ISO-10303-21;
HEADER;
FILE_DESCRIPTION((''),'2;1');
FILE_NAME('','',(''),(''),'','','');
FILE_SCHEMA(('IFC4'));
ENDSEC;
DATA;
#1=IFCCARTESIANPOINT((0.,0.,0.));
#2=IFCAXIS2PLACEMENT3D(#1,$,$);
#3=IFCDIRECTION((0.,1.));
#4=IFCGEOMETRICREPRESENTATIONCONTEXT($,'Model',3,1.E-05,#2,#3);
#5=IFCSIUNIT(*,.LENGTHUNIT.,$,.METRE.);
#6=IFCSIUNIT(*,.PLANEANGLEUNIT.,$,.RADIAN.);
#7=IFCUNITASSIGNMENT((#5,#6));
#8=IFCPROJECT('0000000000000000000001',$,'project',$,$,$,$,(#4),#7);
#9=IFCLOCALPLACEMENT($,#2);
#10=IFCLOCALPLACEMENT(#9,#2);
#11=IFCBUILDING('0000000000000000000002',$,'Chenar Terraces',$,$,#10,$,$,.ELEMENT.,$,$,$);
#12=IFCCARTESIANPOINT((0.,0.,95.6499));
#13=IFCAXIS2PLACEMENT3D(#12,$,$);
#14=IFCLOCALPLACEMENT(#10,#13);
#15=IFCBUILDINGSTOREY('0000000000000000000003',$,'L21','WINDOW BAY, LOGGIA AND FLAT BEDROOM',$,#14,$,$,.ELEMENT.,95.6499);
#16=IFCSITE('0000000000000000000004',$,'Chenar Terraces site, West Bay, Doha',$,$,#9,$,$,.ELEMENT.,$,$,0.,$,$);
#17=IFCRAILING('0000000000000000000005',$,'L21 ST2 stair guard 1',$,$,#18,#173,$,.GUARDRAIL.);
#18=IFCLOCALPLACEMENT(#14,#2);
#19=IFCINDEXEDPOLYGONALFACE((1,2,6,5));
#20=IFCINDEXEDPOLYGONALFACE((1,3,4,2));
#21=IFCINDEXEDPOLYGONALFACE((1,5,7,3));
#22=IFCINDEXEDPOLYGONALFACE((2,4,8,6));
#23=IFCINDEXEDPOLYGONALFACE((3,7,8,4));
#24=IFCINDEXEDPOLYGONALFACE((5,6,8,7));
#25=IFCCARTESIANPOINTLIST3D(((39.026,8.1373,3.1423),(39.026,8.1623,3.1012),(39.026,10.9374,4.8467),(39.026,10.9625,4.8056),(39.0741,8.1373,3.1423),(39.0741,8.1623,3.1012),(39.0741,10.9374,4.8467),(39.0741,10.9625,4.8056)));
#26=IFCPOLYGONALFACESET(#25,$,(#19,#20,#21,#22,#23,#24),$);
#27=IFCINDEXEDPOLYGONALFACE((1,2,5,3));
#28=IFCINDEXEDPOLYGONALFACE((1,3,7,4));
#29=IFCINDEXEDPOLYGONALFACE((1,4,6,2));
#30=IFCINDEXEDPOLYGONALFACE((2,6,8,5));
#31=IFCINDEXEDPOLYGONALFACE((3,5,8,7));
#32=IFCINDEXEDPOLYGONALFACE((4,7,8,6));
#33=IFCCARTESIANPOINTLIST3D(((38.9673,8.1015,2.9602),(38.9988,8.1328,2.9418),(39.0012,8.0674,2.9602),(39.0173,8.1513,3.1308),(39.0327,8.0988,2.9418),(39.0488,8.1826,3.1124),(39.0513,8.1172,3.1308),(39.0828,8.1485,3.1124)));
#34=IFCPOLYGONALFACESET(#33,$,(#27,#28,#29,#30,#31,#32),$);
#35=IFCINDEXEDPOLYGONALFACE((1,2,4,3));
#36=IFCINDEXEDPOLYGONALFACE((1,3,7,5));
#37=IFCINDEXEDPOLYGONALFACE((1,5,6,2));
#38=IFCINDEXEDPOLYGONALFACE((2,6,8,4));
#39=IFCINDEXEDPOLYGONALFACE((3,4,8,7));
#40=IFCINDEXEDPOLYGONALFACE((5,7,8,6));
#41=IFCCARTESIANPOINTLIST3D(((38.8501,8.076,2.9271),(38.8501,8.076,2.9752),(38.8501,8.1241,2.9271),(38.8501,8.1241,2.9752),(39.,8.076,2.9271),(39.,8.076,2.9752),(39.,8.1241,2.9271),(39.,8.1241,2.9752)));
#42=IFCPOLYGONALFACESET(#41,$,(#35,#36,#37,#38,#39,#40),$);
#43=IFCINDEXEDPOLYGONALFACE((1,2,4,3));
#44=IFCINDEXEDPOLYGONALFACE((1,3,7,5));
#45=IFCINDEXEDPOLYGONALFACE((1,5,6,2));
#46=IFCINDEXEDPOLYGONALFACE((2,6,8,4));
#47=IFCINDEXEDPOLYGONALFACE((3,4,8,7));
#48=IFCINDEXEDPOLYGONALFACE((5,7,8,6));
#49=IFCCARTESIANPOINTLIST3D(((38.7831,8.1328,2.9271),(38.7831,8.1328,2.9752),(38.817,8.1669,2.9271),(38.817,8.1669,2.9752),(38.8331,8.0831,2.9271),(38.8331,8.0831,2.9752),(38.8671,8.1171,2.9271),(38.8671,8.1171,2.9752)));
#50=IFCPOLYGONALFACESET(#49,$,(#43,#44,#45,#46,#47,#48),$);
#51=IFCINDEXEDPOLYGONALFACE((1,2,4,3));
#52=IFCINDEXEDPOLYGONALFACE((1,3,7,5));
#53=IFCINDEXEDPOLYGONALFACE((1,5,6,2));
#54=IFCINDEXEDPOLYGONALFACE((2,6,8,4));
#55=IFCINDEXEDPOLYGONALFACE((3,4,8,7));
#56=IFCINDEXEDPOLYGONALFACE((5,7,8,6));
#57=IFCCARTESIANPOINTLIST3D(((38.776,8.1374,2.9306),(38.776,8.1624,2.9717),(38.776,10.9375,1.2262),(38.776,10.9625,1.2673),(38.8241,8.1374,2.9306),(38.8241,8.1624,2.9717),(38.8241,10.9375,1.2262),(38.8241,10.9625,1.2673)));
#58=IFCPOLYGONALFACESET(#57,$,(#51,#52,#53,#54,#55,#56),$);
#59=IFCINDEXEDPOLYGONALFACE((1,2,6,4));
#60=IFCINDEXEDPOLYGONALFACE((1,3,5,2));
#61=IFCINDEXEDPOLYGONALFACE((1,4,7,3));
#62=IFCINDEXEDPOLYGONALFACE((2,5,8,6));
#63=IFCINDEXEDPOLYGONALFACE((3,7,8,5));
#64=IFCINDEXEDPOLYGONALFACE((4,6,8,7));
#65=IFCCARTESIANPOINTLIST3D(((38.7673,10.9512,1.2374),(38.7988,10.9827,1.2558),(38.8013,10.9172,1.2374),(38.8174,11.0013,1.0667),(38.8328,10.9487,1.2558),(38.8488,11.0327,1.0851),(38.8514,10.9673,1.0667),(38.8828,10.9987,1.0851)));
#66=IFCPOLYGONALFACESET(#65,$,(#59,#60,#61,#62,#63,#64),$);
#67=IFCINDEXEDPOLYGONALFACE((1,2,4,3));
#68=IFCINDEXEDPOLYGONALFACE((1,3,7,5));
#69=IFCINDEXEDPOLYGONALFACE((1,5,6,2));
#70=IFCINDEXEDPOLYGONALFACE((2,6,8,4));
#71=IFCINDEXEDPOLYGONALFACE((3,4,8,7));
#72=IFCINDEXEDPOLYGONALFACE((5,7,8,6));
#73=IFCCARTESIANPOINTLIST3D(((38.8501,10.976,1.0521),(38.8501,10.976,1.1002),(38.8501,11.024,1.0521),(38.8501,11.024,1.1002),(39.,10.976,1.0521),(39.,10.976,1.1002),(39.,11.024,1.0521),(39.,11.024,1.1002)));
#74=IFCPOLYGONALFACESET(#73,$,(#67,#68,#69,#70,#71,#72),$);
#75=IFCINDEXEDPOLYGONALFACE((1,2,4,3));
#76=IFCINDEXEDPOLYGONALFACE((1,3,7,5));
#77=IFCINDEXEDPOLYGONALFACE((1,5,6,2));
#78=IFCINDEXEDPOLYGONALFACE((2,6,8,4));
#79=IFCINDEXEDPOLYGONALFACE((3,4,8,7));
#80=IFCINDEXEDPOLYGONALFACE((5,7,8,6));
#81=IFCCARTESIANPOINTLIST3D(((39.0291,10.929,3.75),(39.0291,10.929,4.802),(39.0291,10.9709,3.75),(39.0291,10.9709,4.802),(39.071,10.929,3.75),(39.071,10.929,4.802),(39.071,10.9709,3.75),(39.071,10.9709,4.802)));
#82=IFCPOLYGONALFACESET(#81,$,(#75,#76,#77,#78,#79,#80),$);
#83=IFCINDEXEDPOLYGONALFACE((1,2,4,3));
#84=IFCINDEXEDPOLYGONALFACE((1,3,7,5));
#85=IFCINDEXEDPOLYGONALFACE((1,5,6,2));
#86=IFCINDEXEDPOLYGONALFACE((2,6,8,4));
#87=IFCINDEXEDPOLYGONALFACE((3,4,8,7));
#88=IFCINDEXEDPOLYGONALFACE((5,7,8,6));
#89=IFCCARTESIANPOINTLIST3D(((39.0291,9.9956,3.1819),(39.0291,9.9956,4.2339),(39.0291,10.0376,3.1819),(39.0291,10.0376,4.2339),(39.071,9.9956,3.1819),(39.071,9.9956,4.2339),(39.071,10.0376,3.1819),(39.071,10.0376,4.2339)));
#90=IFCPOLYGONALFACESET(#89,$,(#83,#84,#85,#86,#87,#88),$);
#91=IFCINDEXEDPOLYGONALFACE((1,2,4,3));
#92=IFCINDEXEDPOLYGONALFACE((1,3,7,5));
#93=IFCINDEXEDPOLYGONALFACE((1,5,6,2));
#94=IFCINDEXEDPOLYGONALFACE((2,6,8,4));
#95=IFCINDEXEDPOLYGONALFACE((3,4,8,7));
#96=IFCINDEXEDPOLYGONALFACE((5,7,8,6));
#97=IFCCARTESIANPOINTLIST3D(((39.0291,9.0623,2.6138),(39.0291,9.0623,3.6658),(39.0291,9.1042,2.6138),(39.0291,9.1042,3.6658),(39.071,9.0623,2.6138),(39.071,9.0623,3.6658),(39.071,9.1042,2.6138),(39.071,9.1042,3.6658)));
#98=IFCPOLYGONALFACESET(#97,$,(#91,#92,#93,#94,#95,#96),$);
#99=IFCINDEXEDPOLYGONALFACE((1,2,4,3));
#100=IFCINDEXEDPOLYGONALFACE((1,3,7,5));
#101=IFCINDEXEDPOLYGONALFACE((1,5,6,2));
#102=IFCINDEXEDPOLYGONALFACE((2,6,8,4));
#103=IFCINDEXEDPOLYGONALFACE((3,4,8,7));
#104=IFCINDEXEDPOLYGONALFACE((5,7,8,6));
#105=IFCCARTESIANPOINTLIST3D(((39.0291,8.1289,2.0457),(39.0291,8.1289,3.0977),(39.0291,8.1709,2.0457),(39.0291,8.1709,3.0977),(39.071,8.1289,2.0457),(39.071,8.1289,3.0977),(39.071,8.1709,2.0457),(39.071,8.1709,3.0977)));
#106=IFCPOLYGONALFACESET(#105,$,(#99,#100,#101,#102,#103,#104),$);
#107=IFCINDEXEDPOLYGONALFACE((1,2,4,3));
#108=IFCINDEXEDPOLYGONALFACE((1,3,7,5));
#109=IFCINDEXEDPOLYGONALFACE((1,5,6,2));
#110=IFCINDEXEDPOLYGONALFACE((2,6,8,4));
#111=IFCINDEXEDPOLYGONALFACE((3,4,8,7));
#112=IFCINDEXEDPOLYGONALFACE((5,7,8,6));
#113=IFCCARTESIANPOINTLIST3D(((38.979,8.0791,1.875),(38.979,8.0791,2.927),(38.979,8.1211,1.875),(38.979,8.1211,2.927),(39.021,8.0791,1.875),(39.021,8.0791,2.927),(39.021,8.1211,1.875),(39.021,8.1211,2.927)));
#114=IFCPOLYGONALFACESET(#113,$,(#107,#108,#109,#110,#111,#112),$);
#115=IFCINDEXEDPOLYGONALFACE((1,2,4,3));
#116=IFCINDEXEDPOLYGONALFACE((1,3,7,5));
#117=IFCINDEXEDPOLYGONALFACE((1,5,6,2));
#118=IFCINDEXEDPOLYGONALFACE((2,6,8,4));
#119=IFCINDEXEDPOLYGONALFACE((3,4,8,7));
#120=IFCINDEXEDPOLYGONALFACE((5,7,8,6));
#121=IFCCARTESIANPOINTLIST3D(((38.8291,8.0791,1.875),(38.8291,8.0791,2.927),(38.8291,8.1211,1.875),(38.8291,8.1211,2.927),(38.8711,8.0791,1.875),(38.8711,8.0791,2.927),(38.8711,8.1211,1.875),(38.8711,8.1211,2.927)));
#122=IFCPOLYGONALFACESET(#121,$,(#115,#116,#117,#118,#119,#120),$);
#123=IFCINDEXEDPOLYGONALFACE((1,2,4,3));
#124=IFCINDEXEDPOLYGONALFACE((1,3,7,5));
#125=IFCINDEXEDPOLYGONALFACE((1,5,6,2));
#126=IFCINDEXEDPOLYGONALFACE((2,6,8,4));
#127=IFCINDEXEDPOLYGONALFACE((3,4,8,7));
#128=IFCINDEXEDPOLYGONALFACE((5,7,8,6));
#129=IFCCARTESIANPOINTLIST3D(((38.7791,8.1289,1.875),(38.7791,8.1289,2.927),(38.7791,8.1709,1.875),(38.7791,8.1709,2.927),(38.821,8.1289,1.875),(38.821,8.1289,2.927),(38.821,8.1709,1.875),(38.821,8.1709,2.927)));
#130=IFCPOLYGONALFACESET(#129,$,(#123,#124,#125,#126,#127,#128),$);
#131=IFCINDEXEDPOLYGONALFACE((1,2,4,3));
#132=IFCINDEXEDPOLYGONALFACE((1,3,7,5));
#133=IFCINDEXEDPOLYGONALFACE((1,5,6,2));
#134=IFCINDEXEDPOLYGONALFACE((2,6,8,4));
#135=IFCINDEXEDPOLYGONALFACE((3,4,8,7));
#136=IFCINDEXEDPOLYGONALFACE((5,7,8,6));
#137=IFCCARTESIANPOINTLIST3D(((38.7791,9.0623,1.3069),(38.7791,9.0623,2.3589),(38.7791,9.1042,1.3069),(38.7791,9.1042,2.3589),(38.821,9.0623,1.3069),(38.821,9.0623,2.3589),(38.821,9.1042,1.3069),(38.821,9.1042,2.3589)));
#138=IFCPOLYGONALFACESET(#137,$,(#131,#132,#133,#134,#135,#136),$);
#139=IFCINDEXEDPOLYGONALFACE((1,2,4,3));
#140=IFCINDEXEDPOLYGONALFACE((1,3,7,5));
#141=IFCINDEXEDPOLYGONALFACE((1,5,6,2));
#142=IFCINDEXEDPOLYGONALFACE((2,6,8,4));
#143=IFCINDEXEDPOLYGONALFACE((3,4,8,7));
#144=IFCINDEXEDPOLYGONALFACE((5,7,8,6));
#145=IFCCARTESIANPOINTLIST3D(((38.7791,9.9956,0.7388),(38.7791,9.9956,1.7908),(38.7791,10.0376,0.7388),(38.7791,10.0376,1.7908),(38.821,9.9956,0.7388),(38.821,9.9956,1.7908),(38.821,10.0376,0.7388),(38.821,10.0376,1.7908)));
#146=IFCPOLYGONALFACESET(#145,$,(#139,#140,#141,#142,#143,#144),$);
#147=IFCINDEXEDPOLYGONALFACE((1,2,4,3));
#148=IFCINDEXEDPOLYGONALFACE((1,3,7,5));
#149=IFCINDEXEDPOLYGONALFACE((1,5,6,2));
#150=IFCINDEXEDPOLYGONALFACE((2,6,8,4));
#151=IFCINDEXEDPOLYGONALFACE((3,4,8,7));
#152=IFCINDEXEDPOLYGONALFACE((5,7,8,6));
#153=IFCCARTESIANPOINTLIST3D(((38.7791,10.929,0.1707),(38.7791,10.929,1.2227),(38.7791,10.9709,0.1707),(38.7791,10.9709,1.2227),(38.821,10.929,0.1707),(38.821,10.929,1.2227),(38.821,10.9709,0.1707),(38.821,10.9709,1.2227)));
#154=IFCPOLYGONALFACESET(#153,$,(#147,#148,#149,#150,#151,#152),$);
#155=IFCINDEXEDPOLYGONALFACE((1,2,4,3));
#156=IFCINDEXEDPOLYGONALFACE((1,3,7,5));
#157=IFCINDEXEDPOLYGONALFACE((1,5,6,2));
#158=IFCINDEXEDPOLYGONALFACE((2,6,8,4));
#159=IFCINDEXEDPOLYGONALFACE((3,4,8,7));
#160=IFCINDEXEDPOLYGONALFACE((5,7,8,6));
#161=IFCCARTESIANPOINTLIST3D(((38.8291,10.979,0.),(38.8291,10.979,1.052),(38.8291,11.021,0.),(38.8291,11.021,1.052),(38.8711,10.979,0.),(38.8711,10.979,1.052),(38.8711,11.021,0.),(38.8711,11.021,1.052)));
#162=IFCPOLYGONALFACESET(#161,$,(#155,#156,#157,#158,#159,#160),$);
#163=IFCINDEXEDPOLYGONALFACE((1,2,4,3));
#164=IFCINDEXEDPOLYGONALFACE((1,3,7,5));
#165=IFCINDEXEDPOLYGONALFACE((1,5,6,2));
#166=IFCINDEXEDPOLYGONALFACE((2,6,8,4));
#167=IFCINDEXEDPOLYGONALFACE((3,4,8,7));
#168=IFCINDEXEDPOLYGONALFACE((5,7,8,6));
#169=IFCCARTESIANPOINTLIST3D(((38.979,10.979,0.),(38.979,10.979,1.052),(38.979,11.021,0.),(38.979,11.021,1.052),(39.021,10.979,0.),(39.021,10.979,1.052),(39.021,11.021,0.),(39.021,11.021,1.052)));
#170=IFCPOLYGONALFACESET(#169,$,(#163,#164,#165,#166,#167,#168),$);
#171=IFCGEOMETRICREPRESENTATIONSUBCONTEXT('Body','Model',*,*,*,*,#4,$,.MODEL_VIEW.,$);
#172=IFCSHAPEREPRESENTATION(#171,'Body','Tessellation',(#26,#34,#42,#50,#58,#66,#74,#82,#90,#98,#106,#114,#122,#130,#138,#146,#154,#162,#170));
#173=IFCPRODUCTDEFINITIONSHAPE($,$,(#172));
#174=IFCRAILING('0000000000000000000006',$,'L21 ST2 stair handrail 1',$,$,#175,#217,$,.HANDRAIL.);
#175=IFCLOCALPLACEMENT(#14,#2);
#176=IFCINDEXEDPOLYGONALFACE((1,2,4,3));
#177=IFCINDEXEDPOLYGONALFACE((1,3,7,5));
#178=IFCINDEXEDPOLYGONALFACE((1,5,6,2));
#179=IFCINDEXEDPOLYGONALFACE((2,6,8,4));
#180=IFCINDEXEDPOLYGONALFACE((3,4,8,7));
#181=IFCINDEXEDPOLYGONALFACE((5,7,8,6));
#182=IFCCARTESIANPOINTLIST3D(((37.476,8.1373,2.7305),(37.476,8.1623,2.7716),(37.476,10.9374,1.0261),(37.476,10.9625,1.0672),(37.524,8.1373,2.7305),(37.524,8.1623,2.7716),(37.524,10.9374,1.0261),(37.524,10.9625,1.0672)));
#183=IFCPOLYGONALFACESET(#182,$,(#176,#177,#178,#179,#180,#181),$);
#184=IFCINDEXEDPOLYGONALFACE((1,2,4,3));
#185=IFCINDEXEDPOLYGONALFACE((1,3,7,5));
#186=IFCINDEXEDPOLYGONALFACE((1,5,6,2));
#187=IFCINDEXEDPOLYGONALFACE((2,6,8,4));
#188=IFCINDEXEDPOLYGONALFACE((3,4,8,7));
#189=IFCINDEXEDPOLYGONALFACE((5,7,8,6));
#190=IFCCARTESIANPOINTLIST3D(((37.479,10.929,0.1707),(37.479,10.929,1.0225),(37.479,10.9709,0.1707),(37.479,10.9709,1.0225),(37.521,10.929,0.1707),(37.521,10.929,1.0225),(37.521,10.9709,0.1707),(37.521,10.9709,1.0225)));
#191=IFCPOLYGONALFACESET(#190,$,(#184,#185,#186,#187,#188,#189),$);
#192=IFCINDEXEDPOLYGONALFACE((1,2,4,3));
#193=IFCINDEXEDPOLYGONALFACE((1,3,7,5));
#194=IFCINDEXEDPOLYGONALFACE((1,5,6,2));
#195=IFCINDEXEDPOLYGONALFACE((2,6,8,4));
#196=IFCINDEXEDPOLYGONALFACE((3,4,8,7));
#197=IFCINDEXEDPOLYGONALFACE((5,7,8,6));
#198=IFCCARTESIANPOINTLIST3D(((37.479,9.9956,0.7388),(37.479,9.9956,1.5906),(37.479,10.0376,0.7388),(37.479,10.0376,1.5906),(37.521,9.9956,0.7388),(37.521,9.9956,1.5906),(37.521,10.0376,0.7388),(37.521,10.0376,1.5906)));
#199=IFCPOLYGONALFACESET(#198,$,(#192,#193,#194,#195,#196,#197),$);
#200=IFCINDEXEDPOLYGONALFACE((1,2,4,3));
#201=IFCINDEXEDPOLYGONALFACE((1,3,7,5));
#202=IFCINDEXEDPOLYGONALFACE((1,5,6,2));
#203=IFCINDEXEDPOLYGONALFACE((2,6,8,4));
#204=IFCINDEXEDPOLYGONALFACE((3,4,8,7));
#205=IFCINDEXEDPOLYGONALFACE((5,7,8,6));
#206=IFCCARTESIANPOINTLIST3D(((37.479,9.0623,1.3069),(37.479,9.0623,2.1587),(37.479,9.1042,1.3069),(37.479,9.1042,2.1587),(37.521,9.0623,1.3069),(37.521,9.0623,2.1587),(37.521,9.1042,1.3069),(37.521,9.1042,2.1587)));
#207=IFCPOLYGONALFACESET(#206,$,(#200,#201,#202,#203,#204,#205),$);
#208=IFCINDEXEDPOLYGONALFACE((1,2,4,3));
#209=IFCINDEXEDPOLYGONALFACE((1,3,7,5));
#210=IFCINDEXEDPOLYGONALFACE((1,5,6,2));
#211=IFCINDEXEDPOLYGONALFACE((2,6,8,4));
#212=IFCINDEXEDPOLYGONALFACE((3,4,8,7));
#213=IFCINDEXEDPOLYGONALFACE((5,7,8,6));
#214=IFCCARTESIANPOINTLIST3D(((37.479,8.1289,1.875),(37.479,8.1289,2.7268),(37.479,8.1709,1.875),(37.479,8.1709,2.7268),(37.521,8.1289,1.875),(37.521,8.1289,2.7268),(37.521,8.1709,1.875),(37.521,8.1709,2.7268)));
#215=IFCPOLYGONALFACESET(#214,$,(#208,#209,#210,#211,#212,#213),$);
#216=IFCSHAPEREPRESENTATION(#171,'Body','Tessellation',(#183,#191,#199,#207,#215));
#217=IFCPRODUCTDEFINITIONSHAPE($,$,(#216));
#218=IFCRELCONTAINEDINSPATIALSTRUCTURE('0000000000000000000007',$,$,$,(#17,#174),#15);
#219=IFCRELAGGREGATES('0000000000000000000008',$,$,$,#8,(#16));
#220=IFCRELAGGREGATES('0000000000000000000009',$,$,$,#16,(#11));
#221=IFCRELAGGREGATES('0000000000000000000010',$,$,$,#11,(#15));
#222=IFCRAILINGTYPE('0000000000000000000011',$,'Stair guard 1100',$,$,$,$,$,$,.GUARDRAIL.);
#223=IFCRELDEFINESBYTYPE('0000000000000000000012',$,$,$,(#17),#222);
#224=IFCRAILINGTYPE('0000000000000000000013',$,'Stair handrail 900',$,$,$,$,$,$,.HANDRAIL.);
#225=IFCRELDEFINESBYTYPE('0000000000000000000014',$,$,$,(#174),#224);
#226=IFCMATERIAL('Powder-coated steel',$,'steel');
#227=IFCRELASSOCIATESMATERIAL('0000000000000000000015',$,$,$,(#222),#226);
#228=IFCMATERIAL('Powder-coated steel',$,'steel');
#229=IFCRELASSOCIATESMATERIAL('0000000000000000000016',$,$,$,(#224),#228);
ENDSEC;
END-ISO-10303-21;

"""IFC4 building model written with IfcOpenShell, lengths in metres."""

from ifc_helpers import new_model, si_unit, direction, frame, origin, origin_2d, place, context, subcontext, project, spatial, rectangle, extrude, material, type_object, element, save


model = new_model("IFC4")

# Units and contexts
model_context = context("Model", 3, precision=1e-05, world=origin(), true_north=direction((0.0, 1.0)))
body_context = subcontext(model_context, "Body", "Model", "MODEL_VIEW")
ifc_project = project(units=[si_unit("LENGTHUNIT", "METRE"), si_unit("PLANEANGLEUNIT", "RADIAN")], contexts=[model_context])

# Site, building, storey
site_placement = place(None, origin())
site = spatial("IfcSite", under=ifc_project, at=site_placement, Name="Chenar Terraces site, West Bay, Doha", CompositionType="ELEMENT", RefElevation=0.0)
building_placement = place(site_placement, origin())
building = spatial("IfcBuilding", under=site, at=building_placement, Name="Chenar Terraces", CompositionType="ELEMENT")
storey_placement = place(building_placement, frame((0.0, 0.0, 95.6499)))
storey = spatial("IfcBuildingStorey", under=building, at=storey_placement, Name="L21", Description="WINDOW BAY, LOGGIA AND FLAT BEDROOM", CompositionType="ELEMENT", Elevation=95.6499)

# Railings
ifc_material_1 = material(Name="Powder-coated steel", Category="steel")
railing_type_1 = type_object("IfcRailingType", Name="Stair guard 1100", PredefinedType="GUARDRAIL", material=ifc_material_1)
railing_1_placement = place(storey_placement, frame((39.05, 10.95, 3.75)))
element("IfcRailing", 1, at=railing_1_placement, inside=storey, type_object=railing_type_1, Name="L21 ST2 stair guard 1", PredefinedType="GUARDRAIL", context=body_context, shape_type="SweptSolid", body=[
    extrude(rectangle(XDim=0.0481, YDim=0.0481, at=origin_2d()), frame((0.0, 0.0, 1.0762), z_axis=(0.0, -0.854203, -0.51994), x_axis=(1.0, 0.0, 0.0)), (0.0, 0.0, 1.0), 3.2781),
    extrude(rectangle(XDim=0.0481, YDim=0.0481, at=origin_2d()), frame((0.0, -2.8, -0.6284), z_axis=(-0.270997, -0.269675, -0.924033), x_axis=(0.705376, -0.708834, 0.0)), (0.0, 0.0, 1.0), 0.1846),
    extrude(rectangle(XDim=0.0481, YDim=0.0481, at=origin_2d()), frame((-0.05, -2.8499, -0.7988), z_axis=(-1.0, 0.0, 0.0), x_axis=(0.0, -1.0, 0.0)), (0.0, 0.0, 1.0), 0.1499),
    extrude(rectangle(XDim=0.0481, YDim=0.0481, at=origin_2d()), frame((-0.2, -2.8499, -0.7988), z_axis=(-0.708834, 0.705376, 0.0), x_axis=(-0.705376, -0.708834, 0.0)), (0.0, 0.0, 1.0), 0.0706),
    extrude(rectangle(XDim=0.0481, YDim=0.0481, at=origin_2d()), frame((-0.25, -2.8, -0.7988), z_axis=(0.0, 0.854203, -0.51994), x_axis=(-1.0, 0.0, 0.0)), (0.0, 0.0, 1.0), 3.2781),
    extrude(rectangle(XDim=0.0481, YDim=0.0481, at=origin_2d()), frame((-0.25, 0.0, -2.5034), z_axis=(0.2709, 0.2709, -0.923703), x_axis=(-0.707107, 0.707107, 0.0)), (0.0, 0.0, 1.0), 0.1848),
    extrude(rectangle(XDim=0.0481, YDim=0.0481, at=origin_2d()), frame((-0.2, 0.05, -2.6738), z_axis=(1.0, 0.0, 0.0), x_axis=(0.0, 1.0, 0.0)), (0.0, 0.0, 1.0), 0.1499),
    extrude(rectangle(XDim=0.042, YDim=0.042, at=origin_2d()), origin(), (0.0, 0.0, 1.0), 1.052),
    extrude(rectangle(XDim=0.042, YDim=0.042, at=origin_2d()), frame((0.0, -0.9333, -0.5681)), (0.0, 0.0, 1.0), 1.052),
    extrude(rectangle(XDim=0.042, YDim=0.042, at=origin_2d()), frame((0.0, -1.8667, -1.1362)), (0.0, 0.0, 1.0), 1.052),
    extrude(rectangle(XDim=0.042, YDim=0.042, at=origin_2d()), frame((0.0, -2.8, -1.7043)), (0.0, 0.0, 1.0), 1.052),
    extrude(rectangle(XDim=0.042, YDim=0.042, at=origin_2d()), frame((-0.05, -2.8499, -1.875)), (0.0, 0.0, 1.0), 1.052),
    extrude(rectangle(XDim=0.042, YDim=0.042, at=origin_2d()), frame((-0.2, -2.8499, -1.875)), (0.0, 0.0, 1.0), 1.052),
    extrude(rectangle(XDim=0.042, YDim=0.042, at=origin_2d()), frame((-0.25, -2.8, -1.875)), (0.0, 0.0, 1.0), 1.052),
    extrude(rectangle(XDim=0.042, YDim=0.042, at=origin_2d()), frame((-0.25, -1.8667, -2.4431)), (0.0, 0.0, 1.0), 1.052),
    extrude(rectangle(XDim=0.042, YDim=0.042, at=origin_2d()), frame((-0.25, -0.9333, -3.0112)), (0.0, 0.0, 1.0), 1.052),
    extrude(rectangle(XDim=0.042, YDim=0.042, at=origin_2d()), frame((-0.25, 0.0, -3.5793)), (0.0, 0.0, 1.0), 1.052),
    extrude(rectangle(XDim=0.042, YDim=0.042, at=origin_2d()), frame((-0.2, 0.05, -3.75)), (0.0, 0.0, 1.0), 1.052),
    extrude(rectangle(XDim=0.042, YDim=0.042, at=origin_2d()), frame((-0.05, 0.05, -3.75)), (0.0, 0.0, 1.0), 1.052),
])
ifc_material_2 = material(Name="Powder-coated steel", Category="steel")
railing_type_2 = type_object("IfcRailingType", Name="Stair handrail 900", PredefinedType="HANDRAIL", material=ifc_material_2)
railing_2_placement = place(storey_placement, frame((37.5, 10.95, 0.1707)))
element("IfcRailing", 2, at=railing_2_placement, inside=storey, type_object=railing_type_2, Name="L21 ST2 stair handrail 1", PredefinedType="HANDRAIL", context=body_context, shape_type="SweptSolid", body=[
    extrude(rectangle(XDim=0.0481, YDim=0.0481, at=origin_2d()), frame((0.0, 0.0, 0.876), z_axis=(0.0, -0.854203, 0.51994), x_axis=(1.0, 0.0, 0.0)), (0.0, 0.0, 1.0), 3.2781),
    extrude(rectangle(XDim=0.042, YDim=0.042, at=origin_2d()), origin(), (0.0, 0.0, 1.0), 0.8518),
    extrude(rectangle(XDim=0.042, YDim=0.042, at=origin_2d()), frame((0.0, -0.9333, 0.5681)), (0.0, 0.0, 1.0), 0.8518),
    extrude(rectangle(XDim=0.042, YDim=0.042, at=origin_2d()), frame((0.0, -1.8667, 1.1362)), (0.0, 0.0, 1.0), 0.8518),
    extrude(rectangle(XDim=0.042, YDim=0.042, at=origin_2d()), frame((0.0, -2.8, 1.7043)), (0.0, 0.0, 1.0), 0.8518),
])

save(model, "model.ifc")
